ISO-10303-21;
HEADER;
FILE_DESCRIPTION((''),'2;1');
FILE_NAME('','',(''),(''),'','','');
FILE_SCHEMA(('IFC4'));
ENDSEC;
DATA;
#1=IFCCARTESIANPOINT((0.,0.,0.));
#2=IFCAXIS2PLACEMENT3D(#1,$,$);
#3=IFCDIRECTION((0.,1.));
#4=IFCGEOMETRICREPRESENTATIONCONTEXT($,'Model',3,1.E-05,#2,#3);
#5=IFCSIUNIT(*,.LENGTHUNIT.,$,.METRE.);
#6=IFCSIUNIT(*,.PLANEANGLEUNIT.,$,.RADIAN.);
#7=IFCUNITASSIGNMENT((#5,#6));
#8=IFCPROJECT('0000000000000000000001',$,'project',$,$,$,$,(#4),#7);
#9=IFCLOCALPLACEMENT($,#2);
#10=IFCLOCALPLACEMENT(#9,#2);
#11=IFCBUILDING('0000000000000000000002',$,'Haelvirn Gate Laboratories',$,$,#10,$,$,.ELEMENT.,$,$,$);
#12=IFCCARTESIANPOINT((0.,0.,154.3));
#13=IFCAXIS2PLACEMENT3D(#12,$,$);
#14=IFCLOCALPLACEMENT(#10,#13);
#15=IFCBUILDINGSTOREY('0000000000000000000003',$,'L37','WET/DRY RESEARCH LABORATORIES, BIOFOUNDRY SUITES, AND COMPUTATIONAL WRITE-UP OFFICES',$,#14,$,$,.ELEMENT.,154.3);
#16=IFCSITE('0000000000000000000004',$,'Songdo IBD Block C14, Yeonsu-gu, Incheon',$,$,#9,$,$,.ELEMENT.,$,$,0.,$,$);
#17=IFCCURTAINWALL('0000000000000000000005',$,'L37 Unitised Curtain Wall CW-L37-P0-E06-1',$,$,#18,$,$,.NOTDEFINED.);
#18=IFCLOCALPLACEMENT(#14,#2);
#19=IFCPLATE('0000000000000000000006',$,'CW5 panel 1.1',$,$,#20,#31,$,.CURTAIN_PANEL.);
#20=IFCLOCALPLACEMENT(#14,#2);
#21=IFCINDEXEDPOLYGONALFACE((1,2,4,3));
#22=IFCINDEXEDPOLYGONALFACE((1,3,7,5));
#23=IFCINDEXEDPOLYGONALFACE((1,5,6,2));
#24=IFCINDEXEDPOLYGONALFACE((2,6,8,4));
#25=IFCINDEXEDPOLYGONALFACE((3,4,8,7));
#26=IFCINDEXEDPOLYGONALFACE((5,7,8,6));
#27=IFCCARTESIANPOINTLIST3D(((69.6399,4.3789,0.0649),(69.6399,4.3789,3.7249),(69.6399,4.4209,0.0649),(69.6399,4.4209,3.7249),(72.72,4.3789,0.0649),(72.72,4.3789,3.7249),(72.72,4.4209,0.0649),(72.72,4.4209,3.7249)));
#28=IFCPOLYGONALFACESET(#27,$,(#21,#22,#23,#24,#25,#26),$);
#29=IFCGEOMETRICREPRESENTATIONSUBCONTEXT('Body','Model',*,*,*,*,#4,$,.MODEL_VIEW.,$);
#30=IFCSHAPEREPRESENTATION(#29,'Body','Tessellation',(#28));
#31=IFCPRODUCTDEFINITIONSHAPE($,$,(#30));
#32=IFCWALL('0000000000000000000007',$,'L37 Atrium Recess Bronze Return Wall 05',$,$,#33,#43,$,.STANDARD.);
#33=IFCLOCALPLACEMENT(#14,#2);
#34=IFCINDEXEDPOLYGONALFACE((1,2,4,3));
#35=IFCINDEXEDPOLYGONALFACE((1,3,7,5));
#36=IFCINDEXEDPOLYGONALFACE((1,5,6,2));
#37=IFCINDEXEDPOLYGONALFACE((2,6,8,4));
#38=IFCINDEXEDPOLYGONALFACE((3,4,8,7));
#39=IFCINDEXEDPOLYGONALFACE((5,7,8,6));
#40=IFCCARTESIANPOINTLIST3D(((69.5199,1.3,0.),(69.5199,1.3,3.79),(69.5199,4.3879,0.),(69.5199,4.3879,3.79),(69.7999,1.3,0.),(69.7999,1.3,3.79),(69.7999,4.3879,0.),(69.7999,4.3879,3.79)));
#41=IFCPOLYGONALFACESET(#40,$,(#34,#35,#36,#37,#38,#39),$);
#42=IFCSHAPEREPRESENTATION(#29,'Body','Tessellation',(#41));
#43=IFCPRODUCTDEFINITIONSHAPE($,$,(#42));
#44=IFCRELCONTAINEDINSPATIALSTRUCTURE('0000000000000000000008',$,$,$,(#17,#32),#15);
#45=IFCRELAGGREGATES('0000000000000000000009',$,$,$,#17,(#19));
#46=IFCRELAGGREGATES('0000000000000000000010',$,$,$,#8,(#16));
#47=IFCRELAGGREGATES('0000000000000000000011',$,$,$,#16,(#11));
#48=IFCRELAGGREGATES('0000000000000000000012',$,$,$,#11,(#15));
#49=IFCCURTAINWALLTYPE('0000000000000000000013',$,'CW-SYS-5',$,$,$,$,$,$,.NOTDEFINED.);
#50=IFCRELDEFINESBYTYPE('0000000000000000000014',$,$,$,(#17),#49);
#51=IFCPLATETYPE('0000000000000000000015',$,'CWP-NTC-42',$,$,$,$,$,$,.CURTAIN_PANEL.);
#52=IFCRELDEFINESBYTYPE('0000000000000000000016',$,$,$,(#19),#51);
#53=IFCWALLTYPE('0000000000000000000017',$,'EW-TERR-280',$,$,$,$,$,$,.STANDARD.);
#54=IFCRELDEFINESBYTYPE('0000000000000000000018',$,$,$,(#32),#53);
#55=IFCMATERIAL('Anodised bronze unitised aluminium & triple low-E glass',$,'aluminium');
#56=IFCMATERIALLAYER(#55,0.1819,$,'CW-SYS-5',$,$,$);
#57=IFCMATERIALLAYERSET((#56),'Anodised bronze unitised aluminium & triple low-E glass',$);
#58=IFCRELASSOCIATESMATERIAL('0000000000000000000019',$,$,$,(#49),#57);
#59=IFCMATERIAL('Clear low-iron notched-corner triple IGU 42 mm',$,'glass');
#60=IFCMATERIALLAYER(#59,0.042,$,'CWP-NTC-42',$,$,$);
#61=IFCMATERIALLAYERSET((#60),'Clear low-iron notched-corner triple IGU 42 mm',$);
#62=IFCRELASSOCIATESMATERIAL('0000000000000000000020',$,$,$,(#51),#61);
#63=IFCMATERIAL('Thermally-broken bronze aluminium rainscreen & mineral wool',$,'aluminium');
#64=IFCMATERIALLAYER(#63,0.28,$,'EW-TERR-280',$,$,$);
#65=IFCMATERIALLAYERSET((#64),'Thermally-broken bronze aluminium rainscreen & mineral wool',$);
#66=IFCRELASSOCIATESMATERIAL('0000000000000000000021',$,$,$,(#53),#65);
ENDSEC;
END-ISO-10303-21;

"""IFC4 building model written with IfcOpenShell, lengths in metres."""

from ifc_helpers import new_model, si_unit, direction, frame, frame_2d, origin, origin_2d, place, context, subcontext, project, spatial, rectangle, extrude, source, transform, mapped, material, layer, layer_set, type_object, type_shapes, element, aggregate, save


model = new_model("IFC4")

# Units and contexts
model_context = context("Model", 3, precision=1e-05, world=origin(), true_north=direction((0.0, 1.0)))
body_context = subcontext(model_context, "Body", "Model", "MODEL_VIEW")
ifc_project = project(units=[si_unit("LENGTHUNIT", "METRE"), si_unit("PLANEANGLEUNIT", "RADIAN")], contexts=[model_context])

# Site, building, storey
site_placement = place(None, origin())
site = spatial("IfcSite", under=ifc_project, at=site_placement, Name="Songdo IBD Block C14, Yeonsu-gu, Incheon", CompositionType="ELEMENT", RefElevation=0.0)
building_placement = place(site_placement, origin())
building = spatial("IfcBuilding", under=site, at=building_placement, Name="Haelvirn Gate Laboratories", CompositionType="ELEMENT")
storey_placement = place(building_placement, frame((0.0, 0.0, 154.3)))
storey = spatial("IfcBuildingStorey", under=building, at=storey_placement, Name="L37", Description="WET/DRY RESEARCH LABORATORIES, BIOFOUNDRY SUITES, AND COMPUTATIONAL WRITE-UP OFFICES", CompositionType="ELEMENT", Elevation=154.3)

# Curtain wall
ifc_material_1 = material(Name="Anodised bronze unitised aluminium & triple low-E glass", Category="aluminium")
ifc_layer_1 = layer(ifc_material_1, 0.1819, Name="CW-SYS-5")
ifc_layer_set_1 = layer_set([ifc_layer_1], Name="Anodised bronze unitised aluminium & triple low-E glass")
curtain_wall_type_1 = type_object("IfcCurtainWallType", Name="CW-SYS-5", PredefinedType="NOTDEFINED", material=ifc_layer_set_1)
curtain_wall_1_placement = place(storey_placement, origin())
curtain_wall_1 = element("IfcCurtainWall", 1, at=curtain_wall_1_placement, inside=storey, type_object=curtain_wall_type_1, Name="L37 Unitised Curtain Wall CW-L37-P0-E06-1", PredefinedType="NOTDEFINED")

# Plate
ifc_material_2 = material(Name="Clear low-iron notched-corner triple IGU 42 mm", Category="glass")
ifc_layer_2 = layer(ifc_material_2, 0.042, Name="CWP-NTC-42")
ifc_layer_set_2 = layer_set([ifc_layer_2], Name="Clear low-iron notched-corner triple IGU 42 mm")
plate_type_1 = type_object("IfcPlateType", Name="CWP-NTC-42", PredefinedType="CURTAIN_PANEL", material=ifc_layer_set_2)
shared_shape_1 = source(origin(), body_context, "Body", "SweptSolid", [
    extrude(rectangle(XDim=3.0801, YDim=0.042, at=origin_2d()), origin(), (0.0, 0.0, 1.0), 3.6599),
])
type_shapes(plate_type_1, [shared_shape_1])
plate_1_placement = place(storey_placement, frame((71.1799, 4.3999, 0.0649), z_axis=(0.0, 0.0, 1.0), x_axis=(1.0, 0.0, 0.0)))
plate_1 = element("IfcPlate", 2, at=plate_1_placement, type_object=plate_type_1, Name="CW5 panel 1.1", PredefinedType="CURTAIN_PANEL", context=body_context, shape_type="MappedRepresentation", body=[
    mapped(shared_shape_1, transform((0.0, 0.0, 0.0), scale=1.0)),
])
aggregate(curtain_wall_1, [plate_1])

# Wall
ifc_material_3 = material(Name="Thermally-broken bronze aluminium rainscreen & mineral wool", Category="aluminium")
ifc_layer_3 = layer(ifc_material_3, 0.28, Name="EW-TERR-280")
ifc_layer_set_3 = layer_set([ifc_layer_3], Name="Thermally-broken bronze aluminium rainscreen & mineral wool")
wall_type = type_object("IfcWallType", Name="EW-TERR-280", PredefinedType="STANDARD", material=ifc_layer_set_3)
wall_placement = place(storey_placement, frame((69.6599, 1.3, 0.0), z_axis=(0.0, 0.0, 1.0), x_axis=(0.0, 1.0, 0.0)))
element("IfcWall", 3, at=wall_placement, inside=storey, type_object=wall_type, Name="L37 Atrium Recess Bronze Return Wall 05", PredefinedType="STANDARD", context=body_context, shape_type="SweptSolid", body=[
    extrude(rectangle(XDim=3.0879, YDim=0.28, at=frame_2d((1.5439, 0.0))), origin(), (0.0, 0.0, 1.0), 3.79),
])

save(model, "model.ifc")
